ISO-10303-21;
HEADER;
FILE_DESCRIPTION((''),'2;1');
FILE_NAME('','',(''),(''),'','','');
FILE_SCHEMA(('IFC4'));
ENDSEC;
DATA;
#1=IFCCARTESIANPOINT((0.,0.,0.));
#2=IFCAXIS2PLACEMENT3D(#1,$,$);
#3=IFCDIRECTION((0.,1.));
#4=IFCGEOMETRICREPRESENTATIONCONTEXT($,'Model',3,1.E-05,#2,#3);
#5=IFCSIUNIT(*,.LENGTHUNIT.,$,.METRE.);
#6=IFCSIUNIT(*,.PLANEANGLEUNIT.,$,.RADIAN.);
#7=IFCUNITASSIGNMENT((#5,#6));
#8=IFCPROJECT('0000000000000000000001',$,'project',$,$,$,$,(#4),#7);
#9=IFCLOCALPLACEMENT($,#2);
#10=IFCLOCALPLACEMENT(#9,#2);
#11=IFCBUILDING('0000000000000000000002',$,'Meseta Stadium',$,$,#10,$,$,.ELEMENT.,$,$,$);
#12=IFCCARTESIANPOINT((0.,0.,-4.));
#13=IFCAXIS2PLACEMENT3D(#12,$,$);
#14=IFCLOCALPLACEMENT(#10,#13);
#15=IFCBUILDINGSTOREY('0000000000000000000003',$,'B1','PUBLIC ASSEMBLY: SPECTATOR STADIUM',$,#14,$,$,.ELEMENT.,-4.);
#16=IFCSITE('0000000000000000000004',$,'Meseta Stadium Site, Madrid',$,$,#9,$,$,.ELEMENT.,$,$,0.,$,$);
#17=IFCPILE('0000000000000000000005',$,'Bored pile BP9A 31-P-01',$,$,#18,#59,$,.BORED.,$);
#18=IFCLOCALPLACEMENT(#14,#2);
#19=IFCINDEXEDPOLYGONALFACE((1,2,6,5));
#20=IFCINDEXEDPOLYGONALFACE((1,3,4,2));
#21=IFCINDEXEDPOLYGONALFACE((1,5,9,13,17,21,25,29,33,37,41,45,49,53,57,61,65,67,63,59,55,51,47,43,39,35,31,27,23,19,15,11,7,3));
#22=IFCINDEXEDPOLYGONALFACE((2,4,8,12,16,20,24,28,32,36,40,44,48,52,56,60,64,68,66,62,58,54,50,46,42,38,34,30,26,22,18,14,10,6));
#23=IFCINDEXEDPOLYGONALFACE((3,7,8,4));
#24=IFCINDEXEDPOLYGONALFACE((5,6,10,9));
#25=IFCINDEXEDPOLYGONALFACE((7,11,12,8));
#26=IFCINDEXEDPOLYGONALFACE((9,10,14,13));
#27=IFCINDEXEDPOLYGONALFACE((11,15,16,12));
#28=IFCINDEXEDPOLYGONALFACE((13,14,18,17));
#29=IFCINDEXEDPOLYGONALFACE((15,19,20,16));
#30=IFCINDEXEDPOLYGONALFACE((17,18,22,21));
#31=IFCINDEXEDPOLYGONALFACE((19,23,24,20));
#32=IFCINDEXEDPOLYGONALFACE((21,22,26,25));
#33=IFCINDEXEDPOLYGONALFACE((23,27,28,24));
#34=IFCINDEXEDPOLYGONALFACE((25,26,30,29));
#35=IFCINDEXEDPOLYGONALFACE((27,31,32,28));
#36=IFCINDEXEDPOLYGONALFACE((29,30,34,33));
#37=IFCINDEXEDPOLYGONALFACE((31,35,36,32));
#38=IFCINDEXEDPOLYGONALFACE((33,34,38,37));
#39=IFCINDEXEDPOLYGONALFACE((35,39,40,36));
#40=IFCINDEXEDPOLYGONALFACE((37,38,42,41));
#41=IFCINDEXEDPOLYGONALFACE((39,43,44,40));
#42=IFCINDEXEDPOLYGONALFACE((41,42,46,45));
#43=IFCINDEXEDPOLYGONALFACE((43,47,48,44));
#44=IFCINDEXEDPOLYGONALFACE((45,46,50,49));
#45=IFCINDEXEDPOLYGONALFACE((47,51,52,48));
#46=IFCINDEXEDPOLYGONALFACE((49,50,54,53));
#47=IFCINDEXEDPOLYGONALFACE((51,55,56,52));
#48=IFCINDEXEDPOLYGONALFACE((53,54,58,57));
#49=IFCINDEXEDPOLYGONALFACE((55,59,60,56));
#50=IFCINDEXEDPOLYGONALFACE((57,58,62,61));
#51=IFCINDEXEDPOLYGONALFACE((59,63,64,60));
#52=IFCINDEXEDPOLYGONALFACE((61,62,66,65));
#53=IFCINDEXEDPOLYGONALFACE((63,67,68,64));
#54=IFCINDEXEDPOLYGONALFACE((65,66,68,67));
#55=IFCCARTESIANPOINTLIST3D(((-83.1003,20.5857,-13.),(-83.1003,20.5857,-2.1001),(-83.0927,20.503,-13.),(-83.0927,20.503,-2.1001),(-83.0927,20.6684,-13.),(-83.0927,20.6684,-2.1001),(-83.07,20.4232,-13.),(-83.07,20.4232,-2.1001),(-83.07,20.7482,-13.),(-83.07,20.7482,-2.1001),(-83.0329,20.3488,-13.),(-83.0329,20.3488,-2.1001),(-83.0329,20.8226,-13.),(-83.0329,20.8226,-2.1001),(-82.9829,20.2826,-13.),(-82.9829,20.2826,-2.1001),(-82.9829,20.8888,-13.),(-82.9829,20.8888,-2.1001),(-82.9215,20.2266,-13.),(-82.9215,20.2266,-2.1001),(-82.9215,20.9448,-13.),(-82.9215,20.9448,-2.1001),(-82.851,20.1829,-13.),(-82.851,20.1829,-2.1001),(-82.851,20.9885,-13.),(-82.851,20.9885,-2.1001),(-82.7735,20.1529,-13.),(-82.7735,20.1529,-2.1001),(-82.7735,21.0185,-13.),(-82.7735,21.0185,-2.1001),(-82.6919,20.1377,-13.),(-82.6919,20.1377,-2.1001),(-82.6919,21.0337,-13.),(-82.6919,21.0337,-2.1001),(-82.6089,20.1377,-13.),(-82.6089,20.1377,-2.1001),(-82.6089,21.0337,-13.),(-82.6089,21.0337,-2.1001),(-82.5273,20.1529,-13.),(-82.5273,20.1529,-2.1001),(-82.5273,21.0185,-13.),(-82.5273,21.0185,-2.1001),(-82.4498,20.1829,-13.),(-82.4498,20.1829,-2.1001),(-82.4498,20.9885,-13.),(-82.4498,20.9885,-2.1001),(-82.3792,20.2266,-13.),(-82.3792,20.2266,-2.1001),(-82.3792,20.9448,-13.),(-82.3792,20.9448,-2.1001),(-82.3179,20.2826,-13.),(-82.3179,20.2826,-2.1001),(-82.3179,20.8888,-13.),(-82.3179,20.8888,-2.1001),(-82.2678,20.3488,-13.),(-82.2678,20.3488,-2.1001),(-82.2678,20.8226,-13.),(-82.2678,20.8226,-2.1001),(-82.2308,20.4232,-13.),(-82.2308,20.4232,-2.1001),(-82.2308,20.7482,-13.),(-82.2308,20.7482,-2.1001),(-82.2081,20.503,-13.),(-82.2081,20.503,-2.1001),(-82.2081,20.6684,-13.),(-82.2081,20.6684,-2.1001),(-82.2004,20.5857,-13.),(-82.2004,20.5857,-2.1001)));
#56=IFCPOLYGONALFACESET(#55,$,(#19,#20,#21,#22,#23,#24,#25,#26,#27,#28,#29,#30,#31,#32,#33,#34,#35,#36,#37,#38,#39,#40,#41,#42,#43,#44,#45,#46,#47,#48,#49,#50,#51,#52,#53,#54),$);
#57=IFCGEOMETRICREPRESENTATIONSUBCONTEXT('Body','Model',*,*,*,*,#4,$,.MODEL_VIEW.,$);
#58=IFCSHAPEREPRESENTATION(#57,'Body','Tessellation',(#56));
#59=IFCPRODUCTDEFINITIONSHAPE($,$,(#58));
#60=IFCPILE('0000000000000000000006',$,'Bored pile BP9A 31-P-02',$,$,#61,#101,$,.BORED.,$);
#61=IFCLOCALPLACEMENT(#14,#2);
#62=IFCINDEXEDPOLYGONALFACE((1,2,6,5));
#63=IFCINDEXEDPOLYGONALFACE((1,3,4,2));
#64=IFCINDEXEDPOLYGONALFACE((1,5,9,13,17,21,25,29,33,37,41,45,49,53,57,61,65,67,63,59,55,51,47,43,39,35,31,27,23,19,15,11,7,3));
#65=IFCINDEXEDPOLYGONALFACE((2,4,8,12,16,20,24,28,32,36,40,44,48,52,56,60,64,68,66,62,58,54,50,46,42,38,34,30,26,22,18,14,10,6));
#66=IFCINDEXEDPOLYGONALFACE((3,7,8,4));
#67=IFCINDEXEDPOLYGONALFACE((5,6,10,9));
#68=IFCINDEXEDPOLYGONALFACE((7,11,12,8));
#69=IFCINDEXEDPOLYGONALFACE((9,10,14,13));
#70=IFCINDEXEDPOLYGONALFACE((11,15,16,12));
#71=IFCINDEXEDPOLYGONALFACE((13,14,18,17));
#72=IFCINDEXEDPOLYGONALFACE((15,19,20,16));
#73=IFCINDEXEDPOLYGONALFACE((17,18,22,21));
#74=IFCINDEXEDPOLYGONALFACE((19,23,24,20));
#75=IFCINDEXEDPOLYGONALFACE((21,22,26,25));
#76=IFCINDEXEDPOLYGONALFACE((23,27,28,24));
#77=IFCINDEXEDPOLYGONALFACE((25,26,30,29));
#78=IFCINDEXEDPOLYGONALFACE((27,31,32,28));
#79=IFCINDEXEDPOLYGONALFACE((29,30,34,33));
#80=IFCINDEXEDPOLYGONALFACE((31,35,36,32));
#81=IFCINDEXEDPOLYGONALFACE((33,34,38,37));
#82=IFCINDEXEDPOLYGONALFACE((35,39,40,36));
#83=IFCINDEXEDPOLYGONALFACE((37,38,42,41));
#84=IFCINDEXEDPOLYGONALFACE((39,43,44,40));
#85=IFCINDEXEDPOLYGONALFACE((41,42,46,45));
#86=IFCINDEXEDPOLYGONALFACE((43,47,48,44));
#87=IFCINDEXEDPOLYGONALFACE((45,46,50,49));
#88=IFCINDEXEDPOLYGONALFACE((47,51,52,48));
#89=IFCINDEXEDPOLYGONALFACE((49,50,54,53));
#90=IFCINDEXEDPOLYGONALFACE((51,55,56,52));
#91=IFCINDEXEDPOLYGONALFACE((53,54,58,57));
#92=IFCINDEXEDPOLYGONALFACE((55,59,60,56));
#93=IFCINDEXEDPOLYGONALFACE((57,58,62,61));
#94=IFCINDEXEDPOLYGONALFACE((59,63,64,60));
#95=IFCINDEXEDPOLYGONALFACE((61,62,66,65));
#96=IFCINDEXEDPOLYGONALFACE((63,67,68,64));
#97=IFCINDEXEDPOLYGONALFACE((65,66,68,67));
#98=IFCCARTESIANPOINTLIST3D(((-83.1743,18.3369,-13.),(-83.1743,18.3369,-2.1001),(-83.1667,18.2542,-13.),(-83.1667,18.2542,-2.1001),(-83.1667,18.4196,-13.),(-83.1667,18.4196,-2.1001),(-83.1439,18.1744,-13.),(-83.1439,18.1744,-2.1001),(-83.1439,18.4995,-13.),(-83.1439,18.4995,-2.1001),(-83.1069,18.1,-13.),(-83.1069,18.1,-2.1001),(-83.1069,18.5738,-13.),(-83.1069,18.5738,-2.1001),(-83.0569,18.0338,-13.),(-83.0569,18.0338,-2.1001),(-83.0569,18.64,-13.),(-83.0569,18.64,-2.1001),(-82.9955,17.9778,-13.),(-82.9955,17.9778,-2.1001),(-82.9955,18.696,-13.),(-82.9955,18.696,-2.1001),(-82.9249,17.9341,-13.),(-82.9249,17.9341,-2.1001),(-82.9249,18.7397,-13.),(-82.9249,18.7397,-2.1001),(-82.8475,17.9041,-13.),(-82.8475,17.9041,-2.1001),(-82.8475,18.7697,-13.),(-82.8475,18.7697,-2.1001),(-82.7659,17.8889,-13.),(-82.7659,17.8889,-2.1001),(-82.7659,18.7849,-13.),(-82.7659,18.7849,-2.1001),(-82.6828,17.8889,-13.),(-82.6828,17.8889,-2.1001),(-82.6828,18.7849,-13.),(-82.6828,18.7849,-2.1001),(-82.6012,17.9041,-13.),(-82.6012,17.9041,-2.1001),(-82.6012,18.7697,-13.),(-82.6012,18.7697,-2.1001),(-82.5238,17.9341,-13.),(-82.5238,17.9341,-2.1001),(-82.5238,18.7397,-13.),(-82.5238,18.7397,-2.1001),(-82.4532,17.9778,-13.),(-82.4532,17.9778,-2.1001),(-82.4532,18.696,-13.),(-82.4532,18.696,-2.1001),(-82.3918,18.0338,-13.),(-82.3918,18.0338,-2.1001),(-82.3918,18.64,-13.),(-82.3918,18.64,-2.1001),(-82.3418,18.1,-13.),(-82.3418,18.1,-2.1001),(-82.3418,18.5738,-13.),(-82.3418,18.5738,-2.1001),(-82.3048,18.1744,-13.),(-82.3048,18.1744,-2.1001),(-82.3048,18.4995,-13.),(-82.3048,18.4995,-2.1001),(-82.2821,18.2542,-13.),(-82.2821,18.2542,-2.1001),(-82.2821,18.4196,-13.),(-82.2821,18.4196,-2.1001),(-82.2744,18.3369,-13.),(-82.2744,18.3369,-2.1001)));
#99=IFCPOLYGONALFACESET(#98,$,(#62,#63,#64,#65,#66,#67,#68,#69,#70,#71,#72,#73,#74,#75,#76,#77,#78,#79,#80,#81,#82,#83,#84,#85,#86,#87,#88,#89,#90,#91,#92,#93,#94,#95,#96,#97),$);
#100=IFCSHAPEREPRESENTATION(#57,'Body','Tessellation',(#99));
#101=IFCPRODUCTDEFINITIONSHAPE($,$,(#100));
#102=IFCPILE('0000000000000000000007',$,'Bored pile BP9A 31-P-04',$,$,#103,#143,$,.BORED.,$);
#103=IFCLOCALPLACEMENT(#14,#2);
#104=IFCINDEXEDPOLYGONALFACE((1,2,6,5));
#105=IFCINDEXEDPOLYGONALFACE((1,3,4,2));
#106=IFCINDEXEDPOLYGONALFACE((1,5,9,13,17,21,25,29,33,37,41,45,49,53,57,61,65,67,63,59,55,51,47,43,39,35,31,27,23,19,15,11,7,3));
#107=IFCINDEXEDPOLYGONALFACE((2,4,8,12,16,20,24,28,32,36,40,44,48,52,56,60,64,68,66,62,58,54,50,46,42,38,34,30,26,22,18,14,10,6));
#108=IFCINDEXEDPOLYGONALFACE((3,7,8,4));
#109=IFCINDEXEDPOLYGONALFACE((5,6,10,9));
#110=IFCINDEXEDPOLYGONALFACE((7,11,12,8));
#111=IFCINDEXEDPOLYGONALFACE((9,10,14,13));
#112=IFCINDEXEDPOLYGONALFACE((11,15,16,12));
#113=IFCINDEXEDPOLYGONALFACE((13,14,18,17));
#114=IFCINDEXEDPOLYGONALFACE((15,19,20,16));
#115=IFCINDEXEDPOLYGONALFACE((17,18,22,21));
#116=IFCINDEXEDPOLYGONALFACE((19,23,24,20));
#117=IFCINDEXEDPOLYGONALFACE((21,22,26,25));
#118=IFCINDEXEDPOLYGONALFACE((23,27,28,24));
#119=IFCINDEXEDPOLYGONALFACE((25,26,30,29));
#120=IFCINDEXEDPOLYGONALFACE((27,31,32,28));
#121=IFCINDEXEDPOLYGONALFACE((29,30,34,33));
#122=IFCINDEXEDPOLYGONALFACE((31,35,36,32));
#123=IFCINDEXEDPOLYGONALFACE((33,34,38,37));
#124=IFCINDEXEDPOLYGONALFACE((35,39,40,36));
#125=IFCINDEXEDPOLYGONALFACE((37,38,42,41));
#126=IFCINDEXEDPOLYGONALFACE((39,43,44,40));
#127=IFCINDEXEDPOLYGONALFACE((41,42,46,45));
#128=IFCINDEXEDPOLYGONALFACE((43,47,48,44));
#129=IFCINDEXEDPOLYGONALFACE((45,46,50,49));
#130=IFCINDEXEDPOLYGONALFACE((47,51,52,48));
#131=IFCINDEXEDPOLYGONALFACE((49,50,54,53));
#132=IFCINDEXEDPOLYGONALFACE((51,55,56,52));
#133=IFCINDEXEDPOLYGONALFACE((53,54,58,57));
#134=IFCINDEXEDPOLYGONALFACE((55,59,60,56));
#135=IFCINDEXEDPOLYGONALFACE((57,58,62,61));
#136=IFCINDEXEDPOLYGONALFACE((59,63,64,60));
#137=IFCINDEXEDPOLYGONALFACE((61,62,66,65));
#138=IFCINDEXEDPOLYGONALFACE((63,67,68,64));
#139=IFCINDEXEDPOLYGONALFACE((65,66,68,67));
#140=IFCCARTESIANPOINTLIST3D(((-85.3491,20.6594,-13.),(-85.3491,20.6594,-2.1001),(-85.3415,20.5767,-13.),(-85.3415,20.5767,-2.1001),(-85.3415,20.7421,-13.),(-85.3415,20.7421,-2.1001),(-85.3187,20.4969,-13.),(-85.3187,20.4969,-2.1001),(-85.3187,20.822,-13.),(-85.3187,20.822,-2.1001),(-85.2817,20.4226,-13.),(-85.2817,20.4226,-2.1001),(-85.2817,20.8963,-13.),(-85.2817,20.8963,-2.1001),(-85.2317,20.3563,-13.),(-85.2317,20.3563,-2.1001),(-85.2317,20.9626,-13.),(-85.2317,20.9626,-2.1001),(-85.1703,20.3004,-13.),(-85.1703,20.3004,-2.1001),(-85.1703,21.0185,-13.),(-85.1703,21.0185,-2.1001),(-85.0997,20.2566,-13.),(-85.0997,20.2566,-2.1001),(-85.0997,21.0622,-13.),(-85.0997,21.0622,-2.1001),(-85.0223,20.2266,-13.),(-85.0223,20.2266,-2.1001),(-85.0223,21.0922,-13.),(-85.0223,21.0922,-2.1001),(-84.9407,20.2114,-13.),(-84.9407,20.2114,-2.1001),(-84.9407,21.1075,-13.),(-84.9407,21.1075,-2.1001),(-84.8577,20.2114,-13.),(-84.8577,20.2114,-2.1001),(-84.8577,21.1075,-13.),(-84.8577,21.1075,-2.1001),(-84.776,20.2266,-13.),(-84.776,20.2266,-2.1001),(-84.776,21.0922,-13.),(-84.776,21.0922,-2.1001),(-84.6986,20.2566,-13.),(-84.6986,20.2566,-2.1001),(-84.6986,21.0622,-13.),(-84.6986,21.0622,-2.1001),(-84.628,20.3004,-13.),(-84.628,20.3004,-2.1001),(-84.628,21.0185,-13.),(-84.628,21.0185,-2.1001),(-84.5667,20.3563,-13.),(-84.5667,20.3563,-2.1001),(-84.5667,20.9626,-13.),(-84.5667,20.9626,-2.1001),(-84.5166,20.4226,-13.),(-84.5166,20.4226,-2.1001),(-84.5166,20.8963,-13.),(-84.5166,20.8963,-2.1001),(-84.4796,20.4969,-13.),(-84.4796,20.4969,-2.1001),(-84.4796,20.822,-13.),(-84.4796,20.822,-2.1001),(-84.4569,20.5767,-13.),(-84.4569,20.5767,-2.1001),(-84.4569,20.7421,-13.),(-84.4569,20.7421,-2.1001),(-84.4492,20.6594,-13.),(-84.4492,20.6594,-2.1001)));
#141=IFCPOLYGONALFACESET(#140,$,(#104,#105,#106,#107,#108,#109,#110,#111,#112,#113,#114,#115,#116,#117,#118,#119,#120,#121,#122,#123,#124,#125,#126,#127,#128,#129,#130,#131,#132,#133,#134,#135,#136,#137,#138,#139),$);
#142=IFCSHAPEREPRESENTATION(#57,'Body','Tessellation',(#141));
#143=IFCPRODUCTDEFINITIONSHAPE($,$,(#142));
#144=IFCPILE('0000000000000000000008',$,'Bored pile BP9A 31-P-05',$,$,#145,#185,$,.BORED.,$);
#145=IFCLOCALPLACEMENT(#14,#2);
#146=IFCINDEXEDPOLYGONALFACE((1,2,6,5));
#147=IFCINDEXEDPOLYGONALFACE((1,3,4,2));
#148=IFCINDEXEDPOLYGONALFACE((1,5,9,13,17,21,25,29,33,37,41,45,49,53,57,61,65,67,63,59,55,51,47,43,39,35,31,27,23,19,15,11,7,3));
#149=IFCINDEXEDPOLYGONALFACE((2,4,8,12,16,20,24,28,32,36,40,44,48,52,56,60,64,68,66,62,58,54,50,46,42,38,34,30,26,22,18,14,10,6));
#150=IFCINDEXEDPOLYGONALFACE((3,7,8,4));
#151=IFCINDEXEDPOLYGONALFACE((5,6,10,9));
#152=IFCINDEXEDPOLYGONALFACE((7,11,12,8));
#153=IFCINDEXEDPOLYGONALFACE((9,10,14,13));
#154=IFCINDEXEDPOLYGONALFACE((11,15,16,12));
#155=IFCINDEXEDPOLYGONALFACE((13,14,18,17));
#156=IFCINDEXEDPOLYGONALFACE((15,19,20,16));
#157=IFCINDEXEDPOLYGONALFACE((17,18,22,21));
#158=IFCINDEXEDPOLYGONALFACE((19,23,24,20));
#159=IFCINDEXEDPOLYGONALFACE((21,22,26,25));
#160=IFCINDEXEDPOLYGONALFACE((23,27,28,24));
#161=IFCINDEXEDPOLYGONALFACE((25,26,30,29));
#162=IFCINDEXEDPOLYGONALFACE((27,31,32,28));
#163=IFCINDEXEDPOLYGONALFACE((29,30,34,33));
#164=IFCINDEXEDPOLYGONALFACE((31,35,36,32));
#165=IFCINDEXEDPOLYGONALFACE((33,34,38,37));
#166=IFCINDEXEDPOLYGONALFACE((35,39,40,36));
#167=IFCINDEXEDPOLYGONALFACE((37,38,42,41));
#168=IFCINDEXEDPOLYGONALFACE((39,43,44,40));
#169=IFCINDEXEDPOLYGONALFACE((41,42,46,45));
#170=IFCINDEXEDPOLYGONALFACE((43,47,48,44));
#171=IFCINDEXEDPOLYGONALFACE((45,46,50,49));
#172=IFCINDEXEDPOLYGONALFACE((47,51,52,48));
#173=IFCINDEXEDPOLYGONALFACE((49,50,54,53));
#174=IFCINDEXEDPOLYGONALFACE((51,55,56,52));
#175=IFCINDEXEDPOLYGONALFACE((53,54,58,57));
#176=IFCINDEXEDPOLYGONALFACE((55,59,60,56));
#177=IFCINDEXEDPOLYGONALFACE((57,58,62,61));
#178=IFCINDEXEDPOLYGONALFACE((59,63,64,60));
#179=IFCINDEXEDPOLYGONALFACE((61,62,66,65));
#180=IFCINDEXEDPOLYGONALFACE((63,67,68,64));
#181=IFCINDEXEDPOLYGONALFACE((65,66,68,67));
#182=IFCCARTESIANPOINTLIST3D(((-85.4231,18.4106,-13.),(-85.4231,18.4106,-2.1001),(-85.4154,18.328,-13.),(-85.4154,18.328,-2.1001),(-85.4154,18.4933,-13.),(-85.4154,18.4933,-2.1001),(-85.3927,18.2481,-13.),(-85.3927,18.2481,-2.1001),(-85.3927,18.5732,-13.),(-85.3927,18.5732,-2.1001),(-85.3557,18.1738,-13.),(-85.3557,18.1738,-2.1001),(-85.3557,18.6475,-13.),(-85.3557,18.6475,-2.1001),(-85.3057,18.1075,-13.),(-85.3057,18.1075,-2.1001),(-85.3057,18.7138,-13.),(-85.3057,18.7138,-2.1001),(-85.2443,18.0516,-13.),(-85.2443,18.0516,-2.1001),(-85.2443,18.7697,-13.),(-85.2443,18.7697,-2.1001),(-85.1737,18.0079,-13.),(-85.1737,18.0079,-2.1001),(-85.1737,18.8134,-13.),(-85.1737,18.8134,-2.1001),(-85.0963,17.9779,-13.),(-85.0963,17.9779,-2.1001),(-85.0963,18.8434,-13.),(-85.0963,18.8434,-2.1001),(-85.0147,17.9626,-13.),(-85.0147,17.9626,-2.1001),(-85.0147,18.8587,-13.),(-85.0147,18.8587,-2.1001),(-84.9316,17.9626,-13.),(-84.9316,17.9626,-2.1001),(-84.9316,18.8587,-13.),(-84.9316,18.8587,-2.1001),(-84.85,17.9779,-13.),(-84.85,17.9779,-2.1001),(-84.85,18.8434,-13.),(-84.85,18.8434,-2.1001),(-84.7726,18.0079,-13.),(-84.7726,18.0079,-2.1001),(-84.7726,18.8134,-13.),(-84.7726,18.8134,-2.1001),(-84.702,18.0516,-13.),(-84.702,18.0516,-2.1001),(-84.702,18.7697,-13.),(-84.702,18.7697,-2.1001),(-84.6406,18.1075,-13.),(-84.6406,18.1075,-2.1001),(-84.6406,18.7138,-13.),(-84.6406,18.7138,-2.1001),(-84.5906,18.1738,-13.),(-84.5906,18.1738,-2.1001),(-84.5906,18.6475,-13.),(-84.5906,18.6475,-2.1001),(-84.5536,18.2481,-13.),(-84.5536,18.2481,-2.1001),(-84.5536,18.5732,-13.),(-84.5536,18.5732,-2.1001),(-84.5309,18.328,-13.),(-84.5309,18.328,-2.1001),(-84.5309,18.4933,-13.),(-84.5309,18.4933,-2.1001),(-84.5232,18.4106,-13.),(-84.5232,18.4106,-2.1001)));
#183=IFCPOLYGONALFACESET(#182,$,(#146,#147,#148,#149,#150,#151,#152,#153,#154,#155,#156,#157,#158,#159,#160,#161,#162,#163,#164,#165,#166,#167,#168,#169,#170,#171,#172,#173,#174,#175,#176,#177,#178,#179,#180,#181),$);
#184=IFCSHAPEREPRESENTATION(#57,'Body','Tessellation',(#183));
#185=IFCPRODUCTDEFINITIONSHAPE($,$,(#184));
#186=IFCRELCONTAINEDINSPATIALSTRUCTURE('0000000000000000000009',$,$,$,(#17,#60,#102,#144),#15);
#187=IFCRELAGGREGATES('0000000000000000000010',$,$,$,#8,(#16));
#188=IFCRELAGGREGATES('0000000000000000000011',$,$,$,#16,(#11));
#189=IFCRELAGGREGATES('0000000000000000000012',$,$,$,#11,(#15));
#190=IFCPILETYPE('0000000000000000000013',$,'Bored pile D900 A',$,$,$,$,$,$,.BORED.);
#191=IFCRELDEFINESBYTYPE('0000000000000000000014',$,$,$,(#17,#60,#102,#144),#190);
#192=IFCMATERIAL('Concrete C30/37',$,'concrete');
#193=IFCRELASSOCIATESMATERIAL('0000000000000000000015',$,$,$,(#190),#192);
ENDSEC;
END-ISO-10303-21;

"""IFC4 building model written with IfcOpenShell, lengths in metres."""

from ifc_helpers import new_model, si_unit, direction, frame, origin, origin_2d, place, context, subcontext, project, spatial, circle, extrude, material, material_profile, profile_set, type_object, element, save


model = new_model("IFC4")

# Units and contexts
model_context = context("Model", 3, precision=1e-05, world=origin(), true_north=direction((0.0, 1.0)))
body_context = subcontext(model_context, "Body", "Model", "MODEL_VIEW")
ifc_project = project(units=[si_unit("LENGTHUNIT", "METRE"), si_unit("PLANEANGLEUNIT", "RADIAN")], contexts=[model_context])

# Site, building, storey
site_placement = place(None, origin())
site = spatial("IfcSite", under=ifc_project, at=site_placement, Name="Meseta Stadium Site, Madrid", CompositionType="ELEMENT", RefElevation=0.0)
building_placement = place(site_placement, origin())
building = spatial("IfcBuilding", under=site, at=building_placement, Name="Meseta Stadium", CompositionType="ELEMENT")
storey_placement = place(building_placement, frame((0.0, 0.0, -4.0)))
storey = spatial("IfcBuildingStorey", under=building, at=storey_placement, Name="B1", Description="PUBLIC ASSEMBLY: SPECTATOR STADIUM", CompositionType="ELEMENT", Elevation=-4.0)

# Piles
ifc_material_1 = material(Name="Concrete C30/37", Category="concrete")
ifc_material_profile_1 = material_profile(ifc_material_1, circle(Radius=0.45, at=origin_2d()), Name="D900")
ifc_profile_set_1 = profile_set([ifc_material_profile_1], Name="Concrete C30/37")
pile_type = type_object("IfcPileType", Name="Bored pile D900 A", PredefinedType="BORED", material=ifc_profile_set_1)
for number, where, z_axis, x_axis, name in (
    (1, (-82.6504, 20.5857, -2.1001), (0.0, 0.0, -1.0), (1.0, 0.0, 0.0), "Bored pile BP9A 31-P-01"),
    (2, (-82.7244, 18.3369, -2.1001), (0.0, 0.0, -1.0), (1.0, 0.0, 0.0), "Bored pile BP9A 31-P-02"),
    (3, (-84.8992, 20.6594, -2.1001), (0.0, 0.0, -1.0), (1.0, 0.0, 0.0), "Bored pile BP9A 31-P-04"),
    (4, (-84.9731, 18.4106, -2.1001), (0.0, 0.0, -1.0), (1.0, 0.0, 0.0), "Bored pile BP9A 31-P-05"),
):
    element("IfcPile", number, at=place(storey_placement, frame(where, z_axis=z_axis, x_axis=x_axis)), inside=storey, type_object=pile_type, Name=name, PredefinedType="BORED", context=body_context, shape_type="SweptSolid", body=[
        extrude(circle(Radius=0.45, at=origin_2d()), origin(), (0.0, 0.0, 1.0), 10.8999),
    ])

save(model, "model.ifc")
